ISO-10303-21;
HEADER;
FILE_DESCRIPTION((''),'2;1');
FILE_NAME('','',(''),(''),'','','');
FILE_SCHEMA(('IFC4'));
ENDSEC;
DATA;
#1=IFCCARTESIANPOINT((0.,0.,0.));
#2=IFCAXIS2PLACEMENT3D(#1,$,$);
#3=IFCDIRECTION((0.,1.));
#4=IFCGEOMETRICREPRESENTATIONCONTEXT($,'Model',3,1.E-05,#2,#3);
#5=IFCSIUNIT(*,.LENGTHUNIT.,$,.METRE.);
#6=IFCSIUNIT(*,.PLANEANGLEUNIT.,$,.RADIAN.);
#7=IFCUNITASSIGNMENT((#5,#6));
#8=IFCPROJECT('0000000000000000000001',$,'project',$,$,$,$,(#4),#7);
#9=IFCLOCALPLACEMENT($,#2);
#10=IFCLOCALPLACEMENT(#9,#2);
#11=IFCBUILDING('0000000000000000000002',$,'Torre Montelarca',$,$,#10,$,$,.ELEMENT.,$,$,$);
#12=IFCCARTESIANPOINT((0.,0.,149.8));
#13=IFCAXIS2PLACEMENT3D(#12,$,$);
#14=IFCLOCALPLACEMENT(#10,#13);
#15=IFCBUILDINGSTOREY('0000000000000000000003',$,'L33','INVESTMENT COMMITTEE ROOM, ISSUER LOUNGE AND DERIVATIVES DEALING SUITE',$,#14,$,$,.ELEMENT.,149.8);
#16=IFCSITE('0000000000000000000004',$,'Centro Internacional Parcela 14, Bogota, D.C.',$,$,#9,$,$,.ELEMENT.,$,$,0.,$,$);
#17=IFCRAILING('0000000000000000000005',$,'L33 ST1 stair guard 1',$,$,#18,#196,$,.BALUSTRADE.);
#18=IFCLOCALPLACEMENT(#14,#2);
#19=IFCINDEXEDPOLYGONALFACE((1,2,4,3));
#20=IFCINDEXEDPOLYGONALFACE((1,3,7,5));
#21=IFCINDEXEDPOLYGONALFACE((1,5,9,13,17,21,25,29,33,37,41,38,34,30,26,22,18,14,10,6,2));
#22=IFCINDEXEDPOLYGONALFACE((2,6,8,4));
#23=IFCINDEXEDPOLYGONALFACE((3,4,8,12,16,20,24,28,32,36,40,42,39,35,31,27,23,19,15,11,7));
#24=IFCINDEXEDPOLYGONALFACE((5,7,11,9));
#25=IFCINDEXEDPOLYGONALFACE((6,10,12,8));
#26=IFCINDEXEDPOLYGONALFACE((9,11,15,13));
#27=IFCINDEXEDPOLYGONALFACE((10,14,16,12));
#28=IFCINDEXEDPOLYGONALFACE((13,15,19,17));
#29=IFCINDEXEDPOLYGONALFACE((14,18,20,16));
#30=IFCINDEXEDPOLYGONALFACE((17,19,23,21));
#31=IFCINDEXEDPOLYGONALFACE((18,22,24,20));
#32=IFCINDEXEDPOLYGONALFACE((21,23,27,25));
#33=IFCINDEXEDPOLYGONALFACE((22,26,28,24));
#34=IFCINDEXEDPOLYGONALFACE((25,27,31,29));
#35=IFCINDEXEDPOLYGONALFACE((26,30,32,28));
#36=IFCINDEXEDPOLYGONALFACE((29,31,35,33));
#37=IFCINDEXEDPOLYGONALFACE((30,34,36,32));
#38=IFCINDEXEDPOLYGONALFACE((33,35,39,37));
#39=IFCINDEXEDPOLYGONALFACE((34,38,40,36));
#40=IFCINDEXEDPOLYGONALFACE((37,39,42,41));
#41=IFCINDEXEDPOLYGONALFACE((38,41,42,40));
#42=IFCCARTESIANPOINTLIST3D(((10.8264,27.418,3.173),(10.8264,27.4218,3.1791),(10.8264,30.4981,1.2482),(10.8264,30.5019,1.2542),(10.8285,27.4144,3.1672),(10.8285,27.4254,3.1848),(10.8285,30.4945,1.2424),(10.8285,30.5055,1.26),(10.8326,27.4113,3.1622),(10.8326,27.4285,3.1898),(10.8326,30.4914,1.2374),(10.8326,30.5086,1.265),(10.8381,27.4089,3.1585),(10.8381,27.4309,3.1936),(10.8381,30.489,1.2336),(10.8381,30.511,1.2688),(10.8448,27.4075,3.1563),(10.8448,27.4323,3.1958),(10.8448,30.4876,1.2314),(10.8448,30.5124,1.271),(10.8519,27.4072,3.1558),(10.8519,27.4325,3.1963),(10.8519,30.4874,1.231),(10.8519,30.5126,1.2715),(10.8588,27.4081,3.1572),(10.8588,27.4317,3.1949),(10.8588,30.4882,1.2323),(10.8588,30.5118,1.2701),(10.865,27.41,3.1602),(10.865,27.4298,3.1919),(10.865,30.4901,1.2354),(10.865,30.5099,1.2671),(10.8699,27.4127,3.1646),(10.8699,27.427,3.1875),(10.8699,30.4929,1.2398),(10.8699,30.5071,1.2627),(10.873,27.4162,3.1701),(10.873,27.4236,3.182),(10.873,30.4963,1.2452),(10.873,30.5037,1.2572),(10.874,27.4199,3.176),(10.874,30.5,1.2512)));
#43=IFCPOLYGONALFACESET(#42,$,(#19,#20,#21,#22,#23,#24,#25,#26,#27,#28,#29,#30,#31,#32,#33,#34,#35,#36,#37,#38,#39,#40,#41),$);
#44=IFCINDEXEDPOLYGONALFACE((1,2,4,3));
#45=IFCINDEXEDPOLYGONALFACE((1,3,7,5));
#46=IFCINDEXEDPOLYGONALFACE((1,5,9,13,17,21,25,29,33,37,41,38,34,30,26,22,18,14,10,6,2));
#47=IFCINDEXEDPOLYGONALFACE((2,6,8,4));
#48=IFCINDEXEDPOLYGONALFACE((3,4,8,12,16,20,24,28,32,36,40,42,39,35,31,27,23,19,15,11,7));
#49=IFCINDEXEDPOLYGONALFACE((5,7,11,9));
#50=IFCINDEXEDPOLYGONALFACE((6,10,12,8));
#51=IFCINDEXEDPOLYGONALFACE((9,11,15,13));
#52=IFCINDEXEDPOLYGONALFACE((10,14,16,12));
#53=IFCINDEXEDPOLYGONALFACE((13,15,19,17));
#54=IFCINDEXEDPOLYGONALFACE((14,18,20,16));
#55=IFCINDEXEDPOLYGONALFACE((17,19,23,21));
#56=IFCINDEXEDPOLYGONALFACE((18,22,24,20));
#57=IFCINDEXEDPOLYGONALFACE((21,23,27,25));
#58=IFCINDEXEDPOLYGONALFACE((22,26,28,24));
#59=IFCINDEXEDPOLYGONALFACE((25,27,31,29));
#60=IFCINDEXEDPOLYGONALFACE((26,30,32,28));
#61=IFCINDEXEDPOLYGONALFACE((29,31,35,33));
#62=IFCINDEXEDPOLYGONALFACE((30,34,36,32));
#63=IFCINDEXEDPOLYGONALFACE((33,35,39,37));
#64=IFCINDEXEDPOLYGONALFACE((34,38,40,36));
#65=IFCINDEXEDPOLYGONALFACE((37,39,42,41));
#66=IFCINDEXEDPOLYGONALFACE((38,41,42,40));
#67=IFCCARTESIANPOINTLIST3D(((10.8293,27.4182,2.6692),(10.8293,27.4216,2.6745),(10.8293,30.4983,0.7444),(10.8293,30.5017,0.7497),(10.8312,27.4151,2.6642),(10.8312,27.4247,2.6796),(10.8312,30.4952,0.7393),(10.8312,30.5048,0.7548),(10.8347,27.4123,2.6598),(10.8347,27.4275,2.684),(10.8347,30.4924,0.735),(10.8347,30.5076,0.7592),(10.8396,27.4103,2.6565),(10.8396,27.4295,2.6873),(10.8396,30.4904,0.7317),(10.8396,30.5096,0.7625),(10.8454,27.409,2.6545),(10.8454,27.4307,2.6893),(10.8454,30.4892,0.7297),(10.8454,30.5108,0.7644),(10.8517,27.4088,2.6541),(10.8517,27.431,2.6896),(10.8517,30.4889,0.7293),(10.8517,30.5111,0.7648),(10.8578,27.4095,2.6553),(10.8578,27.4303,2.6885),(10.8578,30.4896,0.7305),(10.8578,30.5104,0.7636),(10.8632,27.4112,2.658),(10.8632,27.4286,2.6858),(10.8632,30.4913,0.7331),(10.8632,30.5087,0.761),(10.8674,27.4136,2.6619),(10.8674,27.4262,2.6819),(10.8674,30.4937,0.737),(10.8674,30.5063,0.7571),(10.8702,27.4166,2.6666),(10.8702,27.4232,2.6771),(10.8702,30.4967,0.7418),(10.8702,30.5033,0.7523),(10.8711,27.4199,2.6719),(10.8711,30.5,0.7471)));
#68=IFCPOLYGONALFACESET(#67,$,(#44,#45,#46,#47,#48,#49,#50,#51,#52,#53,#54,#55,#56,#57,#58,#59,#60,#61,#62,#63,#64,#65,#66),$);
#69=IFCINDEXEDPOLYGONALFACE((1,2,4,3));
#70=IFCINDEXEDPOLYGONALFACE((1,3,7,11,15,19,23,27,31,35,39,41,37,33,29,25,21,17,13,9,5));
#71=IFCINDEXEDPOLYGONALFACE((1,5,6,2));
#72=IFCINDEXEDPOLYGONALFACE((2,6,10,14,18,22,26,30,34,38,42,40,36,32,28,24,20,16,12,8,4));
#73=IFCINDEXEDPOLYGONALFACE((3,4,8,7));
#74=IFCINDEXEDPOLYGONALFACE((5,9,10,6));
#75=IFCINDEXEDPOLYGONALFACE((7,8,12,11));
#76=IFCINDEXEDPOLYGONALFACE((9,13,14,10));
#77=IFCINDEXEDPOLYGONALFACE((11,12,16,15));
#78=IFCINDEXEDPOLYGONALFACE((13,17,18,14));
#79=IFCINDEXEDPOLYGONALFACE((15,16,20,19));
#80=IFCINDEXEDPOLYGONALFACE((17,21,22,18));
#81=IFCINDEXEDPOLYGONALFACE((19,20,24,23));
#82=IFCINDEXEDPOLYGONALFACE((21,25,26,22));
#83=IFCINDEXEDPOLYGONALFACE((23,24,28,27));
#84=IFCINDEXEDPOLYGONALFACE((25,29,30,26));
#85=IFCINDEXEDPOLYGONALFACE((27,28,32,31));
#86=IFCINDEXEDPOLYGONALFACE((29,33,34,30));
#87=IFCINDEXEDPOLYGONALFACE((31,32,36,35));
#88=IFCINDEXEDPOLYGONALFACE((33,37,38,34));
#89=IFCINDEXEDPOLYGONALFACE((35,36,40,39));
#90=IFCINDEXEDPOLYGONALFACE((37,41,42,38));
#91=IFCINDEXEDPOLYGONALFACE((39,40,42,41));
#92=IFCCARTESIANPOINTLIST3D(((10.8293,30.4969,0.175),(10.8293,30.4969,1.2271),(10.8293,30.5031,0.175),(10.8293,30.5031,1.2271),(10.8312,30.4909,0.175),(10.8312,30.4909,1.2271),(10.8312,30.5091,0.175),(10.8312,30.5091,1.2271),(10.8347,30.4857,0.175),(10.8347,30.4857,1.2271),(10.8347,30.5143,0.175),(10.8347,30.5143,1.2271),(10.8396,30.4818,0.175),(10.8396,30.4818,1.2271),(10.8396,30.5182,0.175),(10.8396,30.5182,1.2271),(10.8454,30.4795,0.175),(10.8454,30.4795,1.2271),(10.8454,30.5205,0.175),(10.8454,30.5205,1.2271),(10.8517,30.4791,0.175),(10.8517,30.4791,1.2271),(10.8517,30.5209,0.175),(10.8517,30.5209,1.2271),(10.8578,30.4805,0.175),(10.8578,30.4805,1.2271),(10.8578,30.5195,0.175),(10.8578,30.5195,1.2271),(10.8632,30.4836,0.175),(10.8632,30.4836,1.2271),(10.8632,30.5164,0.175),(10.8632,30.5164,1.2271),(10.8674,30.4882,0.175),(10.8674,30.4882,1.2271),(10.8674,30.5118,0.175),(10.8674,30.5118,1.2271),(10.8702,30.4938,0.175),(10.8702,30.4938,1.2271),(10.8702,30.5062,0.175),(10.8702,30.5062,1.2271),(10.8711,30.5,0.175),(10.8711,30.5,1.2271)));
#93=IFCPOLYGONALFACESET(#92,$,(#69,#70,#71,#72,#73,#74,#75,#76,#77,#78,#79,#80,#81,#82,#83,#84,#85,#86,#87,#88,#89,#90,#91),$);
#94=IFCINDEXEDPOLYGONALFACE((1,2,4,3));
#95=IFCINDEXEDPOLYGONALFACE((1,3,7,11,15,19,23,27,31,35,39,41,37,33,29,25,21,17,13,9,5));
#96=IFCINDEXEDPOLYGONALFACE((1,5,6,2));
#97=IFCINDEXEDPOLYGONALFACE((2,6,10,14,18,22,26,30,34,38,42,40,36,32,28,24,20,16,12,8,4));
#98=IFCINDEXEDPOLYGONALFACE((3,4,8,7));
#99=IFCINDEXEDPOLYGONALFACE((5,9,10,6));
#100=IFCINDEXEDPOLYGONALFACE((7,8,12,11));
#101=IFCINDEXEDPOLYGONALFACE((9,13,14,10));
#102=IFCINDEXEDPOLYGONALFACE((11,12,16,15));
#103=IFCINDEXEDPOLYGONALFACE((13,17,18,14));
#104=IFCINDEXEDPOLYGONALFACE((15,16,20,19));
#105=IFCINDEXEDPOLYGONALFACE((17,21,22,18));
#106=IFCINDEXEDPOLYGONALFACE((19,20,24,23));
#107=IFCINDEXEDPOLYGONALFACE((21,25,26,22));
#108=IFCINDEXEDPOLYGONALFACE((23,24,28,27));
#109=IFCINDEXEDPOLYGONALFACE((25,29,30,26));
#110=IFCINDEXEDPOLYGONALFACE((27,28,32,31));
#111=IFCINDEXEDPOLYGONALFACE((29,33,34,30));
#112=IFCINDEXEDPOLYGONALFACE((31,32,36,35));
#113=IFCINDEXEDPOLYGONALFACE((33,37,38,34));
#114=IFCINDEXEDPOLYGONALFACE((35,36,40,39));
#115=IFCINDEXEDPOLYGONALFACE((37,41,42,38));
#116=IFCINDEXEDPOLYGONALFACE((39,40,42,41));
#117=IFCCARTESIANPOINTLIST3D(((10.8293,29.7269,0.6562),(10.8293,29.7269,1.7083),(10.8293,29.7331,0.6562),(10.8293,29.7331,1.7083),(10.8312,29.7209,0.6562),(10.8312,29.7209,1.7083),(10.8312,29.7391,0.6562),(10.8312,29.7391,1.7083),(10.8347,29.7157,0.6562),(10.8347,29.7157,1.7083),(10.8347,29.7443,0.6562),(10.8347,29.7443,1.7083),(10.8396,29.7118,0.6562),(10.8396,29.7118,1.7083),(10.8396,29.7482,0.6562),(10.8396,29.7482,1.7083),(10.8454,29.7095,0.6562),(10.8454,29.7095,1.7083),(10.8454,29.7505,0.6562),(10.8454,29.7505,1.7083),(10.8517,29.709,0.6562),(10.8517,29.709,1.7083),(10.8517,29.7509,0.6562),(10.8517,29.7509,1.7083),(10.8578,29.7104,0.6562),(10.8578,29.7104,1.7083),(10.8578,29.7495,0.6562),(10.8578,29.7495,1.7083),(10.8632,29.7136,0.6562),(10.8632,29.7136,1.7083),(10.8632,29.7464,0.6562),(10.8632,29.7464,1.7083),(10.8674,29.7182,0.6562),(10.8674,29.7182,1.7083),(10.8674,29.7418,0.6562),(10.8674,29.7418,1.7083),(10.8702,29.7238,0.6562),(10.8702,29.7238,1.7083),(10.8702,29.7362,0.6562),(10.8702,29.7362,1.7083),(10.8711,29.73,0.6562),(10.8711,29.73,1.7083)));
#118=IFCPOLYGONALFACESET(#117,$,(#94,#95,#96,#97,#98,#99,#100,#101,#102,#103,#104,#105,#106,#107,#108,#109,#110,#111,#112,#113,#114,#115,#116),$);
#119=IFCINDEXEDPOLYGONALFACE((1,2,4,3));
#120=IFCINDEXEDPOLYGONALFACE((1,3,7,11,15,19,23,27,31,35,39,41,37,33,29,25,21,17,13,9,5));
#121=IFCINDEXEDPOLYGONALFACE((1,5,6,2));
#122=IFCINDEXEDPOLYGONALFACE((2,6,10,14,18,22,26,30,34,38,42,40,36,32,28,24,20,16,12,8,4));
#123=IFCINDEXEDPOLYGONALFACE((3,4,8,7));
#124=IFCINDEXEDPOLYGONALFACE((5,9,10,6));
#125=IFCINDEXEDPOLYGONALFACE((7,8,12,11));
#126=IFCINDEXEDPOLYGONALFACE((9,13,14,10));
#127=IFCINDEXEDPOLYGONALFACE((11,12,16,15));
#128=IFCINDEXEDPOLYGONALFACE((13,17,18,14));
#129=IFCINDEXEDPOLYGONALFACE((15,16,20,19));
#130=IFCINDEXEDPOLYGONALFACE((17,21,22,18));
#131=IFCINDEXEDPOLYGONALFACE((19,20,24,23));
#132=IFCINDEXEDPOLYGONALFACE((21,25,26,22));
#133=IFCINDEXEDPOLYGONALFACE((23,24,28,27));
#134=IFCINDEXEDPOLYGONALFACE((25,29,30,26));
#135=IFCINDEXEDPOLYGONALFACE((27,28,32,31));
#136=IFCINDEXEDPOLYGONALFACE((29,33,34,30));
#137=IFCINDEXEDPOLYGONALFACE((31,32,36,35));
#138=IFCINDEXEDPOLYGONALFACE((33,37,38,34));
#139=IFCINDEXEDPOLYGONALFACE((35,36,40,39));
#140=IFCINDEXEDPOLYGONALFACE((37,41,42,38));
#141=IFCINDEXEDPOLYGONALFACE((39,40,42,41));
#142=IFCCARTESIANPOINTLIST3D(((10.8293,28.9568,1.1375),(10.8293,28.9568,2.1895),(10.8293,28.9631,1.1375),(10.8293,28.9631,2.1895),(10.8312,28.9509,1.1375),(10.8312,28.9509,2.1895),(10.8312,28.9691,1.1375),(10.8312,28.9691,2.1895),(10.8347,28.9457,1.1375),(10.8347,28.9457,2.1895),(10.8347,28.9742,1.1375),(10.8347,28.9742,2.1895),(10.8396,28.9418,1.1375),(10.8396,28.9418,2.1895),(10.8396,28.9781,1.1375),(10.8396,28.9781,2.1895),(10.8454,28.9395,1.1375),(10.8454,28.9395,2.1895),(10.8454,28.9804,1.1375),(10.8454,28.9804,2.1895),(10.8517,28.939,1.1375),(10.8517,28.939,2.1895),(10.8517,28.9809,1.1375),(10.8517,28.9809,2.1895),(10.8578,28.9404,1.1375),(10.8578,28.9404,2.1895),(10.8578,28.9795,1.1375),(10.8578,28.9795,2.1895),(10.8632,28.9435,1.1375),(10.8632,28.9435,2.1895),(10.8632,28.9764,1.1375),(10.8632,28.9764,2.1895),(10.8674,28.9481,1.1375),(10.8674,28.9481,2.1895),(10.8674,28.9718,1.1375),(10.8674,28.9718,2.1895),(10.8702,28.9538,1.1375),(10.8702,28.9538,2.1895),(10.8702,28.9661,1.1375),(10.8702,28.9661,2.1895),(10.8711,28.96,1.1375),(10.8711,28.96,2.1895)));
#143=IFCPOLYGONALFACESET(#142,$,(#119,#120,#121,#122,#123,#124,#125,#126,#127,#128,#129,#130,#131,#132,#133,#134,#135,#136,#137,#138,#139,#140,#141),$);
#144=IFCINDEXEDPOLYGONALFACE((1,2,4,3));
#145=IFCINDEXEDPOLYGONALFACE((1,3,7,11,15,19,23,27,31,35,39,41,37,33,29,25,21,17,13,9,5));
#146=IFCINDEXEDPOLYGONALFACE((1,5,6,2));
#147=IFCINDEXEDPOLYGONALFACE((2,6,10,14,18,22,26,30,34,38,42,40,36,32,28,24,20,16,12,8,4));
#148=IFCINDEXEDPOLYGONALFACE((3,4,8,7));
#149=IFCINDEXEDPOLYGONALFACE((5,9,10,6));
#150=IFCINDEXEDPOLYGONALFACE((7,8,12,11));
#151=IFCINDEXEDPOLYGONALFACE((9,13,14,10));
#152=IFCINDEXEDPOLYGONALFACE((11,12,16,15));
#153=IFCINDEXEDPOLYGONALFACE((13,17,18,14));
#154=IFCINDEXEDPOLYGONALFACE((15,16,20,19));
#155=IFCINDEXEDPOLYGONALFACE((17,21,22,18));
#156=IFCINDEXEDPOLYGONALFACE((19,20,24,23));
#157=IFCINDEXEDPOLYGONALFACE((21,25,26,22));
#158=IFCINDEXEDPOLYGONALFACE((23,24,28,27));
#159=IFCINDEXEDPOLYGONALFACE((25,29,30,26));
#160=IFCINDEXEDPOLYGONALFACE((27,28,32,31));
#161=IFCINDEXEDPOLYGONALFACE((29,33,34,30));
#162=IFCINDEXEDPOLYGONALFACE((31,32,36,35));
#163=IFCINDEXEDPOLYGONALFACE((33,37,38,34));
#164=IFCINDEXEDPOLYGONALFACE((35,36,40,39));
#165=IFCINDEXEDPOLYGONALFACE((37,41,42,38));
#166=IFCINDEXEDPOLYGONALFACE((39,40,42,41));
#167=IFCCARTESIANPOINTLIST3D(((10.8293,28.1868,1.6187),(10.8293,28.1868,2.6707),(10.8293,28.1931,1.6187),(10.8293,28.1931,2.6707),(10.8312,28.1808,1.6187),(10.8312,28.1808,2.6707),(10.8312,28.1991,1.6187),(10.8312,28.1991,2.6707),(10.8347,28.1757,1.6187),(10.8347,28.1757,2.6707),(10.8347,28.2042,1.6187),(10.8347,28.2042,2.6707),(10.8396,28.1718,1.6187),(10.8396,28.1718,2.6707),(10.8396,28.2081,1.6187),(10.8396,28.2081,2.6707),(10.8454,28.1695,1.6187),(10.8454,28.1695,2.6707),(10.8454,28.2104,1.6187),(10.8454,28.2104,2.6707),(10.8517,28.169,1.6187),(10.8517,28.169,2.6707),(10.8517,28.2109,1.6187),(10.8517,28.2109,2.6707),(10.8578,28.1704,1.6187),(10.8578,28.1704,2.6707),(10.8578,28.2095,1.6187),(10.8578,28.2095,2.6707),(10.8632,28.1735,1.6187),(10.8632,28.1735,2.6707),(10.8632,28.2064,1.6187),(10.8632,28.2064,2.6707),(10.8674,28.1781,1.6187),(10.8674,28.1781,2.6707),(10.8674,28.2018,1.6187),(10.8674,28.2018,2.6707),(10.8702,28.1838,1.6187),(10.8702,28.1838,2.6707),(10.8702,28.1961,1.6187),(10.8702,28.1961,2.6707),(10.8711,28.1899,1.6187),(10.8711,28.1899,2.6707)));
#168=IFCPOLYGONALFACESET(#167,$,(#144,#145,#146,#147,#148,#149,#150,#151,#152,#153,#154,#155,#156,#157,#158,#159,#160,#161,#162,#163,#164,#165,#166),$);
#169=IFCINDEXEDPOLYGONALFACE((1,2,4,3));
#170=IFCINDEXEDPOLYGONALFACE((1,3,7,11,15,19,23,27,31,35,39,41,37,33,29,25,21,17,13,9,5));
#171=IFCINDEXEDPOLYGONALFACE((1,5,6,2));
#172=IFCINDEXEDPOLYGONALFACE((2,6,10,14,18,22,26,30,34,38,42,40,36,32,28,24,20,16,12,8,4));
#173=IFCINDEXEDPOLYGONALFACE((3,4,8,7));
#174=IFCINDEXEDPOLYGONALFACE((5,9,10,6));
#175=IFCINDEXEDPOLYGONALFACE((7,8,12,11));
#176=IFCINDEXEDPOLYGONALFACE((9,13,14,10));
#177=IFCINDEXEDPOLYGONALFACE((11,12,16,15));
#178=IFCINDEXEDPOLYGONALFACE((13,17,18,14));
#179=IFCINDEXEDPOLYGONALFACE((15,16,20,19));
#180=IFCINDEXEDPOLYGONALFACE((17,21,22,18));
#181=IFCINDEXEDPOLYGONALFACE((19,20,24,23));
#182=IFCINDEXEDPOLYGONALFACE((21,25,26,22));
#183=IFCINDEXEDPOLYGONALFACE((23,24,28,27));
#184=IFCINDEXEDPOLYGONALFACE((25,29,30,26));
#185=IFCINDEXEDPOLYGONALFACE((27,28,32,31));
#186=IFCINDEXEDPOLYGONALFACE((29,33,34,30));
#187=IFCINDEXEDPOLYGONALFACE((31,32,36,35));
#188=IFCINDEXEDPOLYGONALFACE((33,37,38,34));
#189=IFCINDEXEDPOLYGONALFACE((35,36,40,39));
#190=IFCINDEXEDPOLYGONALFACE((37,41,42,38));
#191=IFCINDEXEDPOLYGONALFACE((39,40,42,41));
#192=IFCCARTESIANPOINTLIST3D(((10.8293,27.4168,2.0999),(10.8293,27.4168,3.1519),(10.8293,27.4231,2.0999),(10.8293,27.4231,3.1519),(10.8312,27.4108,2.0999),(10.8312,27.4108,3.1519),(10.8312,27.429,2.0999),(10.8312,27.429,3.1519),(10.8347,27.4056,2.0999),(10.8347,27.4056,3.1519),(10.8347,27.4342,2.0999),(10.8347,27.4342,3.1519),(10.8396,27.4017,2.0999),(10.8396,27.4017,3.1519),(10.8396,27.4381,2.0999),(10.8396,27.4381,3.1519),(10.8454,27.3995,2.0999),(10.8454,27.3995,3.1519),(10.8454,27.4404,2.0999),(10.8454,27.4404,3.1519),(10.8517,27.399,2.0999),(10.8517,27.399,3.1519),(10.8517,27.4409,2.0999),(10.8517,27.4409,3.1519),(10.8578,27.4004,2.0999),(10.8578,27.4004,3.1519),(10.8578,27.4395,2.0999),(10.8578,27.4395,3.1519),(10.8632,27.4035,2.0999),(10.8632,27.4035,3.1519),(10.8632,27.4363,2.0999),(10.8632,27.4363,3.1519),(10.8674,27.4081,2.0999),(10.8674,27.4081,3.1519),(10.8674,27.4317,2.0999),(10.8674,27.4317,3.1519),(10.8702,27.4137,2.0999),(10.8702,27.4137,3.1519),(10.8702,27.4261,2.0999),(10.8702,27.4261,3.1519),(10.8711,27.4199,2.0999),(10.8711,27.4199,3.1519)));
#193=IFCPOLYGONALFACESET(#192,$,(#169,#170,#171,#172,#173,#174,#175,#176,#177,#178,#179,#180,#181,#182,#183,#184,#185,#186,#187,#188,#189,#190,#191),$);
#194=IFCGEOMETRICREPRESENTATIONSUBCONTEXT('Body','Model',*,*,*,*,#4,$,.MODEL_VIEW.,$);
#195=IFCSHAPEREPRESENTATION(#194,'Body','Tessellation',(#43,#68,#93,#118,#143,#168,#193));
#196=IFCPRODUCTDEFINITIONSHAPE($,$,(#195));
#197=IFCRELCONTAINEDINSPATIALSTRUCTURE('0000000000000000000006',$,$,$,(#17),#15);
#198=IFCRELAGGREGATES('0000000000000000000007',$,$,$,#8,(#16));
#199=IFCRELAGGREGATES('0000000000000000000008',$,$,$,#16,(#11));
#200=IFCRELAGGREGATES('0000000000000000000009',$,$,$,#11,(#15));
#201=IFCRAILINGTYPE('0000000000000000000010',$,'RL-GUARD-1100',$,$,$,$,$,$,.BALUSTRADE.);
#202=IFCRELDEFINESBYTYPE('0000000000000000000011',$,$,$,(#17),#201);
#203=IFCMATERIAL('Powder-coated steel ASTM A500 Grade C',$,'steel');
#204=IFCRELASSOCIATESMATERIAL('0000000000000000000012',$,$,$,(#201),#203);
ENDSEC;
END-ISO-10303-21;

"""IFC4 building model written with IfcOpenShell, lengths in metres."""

from ifc_helpers import new_model, si_unit, direction, frame, origin, origin_2d, place, context, subcontext, project, spatial, circle, extrude, material, type_object, element, save


model = new_model("IFC4")

# Units and contexts
model_context = context("Model", 3, precision=1e-05, world=origin(), true_north=direction((0.0, 1.0)))
body_context = subcontext(model_context, "Body", "Model", "MODEL_VIEW")
ifc_project = project(units=[si_unit("LENGTHUNIT", "METRE"), si_unit("PLANEANGLEUNIT", "RADIAN")], contexts=[model_context])

# Site, building, storey
site_placement = place(None, origin())
site = spatial("IfcSite", under=ifc_project, at=site_placement, Name="Centro Internacional Parcela 14, Bogota, D.C.", CompositionType="ELEMENT", RefElevation=0.0)
building_placement = place(site_placement, origin())
building = spatial("IfcBuilding", under=site, at=building_placement, Name="Torre Montelarca", CompositionType="ELEMENT")
storey_placement = place(building_placement, frame((0.0, 0.0, 149.8)))
storey = spatial("IfcBuildingStorey", under=building, at=storey_placement, Name="L33", Description="INVESTMENT COMMITTEE ROOM, ISSUER LOUNGE AND DERIVATIVES DEALING SUITE", CompositionType="ELEMENT", Elevation=149.8)

# Railing
ifc_material_1 = material(Name="Powder-coated steel ASTM A500 Grade C", Category="steel")
railing_type_1 = type_object("IfcRailingType", Name="RL-GUARD-1100", PredefinedType="BALUSTRADE", material=ifc_material_1)
railing_1_placement = place(storey_placement, frame((10.8501, 30.5, 0.175)))
element("IfcRailing", 1, at=railing_1_placement, inside=storey, type_object=railing_type_1, Name="L33 ST1 stair guard 1", PredefinedType="BALUSTRADE", context=body_context, shape_type="SweptSolid", body=[
    extrude(circle(Radius=0.0239, at=origin_2d()), frame((0.0, 0.0, 1.0762), z_axis=(0.0, -0.848029, 0.529951), x_axis=(1.0, 0.0, 0.0)), (0.0, 0.0, 1.0), 3.6321),
    extrude(circle(Radius=0.021, at=origin_2d()), frame((0.0, 0.0, 0.572), z_axis=(0.0, -0.848029, 0.529951), x_axis=(1.0, 0.0, 0.0)), (0.0, 0.0, 1.0), 3.6321),
    extrude(circle(Radius=0.021, at=origin_2d()), origin(), (0.0, 0.0, 1.0), 1.052),
    extrude(circle(Radius=0.021, at=origin_2d()), frame((0.0, -0.77, 0.4812)), (0.0, 0.0, 1.0), 1.052),
    extrude(circle(Radius=0.021, at=origin_2d()), frame((0.0, -1.54, 0.9624)), (0.0, 0.0, 1.0), 1.052),
    extrude(circle(Radius=0.021, at=origin_2d()), frame((0.0, -2.3101, 1.4436)), (0.0, 0.0, 1.0), 1.052),
    extrude(circle(Radius=0.021, at=origin_2d()), frame((0.0, -3.0801, 1.9248)), (0.0, 0.0, 1.0), 1.052),
])

save(model, "model.ifc")
